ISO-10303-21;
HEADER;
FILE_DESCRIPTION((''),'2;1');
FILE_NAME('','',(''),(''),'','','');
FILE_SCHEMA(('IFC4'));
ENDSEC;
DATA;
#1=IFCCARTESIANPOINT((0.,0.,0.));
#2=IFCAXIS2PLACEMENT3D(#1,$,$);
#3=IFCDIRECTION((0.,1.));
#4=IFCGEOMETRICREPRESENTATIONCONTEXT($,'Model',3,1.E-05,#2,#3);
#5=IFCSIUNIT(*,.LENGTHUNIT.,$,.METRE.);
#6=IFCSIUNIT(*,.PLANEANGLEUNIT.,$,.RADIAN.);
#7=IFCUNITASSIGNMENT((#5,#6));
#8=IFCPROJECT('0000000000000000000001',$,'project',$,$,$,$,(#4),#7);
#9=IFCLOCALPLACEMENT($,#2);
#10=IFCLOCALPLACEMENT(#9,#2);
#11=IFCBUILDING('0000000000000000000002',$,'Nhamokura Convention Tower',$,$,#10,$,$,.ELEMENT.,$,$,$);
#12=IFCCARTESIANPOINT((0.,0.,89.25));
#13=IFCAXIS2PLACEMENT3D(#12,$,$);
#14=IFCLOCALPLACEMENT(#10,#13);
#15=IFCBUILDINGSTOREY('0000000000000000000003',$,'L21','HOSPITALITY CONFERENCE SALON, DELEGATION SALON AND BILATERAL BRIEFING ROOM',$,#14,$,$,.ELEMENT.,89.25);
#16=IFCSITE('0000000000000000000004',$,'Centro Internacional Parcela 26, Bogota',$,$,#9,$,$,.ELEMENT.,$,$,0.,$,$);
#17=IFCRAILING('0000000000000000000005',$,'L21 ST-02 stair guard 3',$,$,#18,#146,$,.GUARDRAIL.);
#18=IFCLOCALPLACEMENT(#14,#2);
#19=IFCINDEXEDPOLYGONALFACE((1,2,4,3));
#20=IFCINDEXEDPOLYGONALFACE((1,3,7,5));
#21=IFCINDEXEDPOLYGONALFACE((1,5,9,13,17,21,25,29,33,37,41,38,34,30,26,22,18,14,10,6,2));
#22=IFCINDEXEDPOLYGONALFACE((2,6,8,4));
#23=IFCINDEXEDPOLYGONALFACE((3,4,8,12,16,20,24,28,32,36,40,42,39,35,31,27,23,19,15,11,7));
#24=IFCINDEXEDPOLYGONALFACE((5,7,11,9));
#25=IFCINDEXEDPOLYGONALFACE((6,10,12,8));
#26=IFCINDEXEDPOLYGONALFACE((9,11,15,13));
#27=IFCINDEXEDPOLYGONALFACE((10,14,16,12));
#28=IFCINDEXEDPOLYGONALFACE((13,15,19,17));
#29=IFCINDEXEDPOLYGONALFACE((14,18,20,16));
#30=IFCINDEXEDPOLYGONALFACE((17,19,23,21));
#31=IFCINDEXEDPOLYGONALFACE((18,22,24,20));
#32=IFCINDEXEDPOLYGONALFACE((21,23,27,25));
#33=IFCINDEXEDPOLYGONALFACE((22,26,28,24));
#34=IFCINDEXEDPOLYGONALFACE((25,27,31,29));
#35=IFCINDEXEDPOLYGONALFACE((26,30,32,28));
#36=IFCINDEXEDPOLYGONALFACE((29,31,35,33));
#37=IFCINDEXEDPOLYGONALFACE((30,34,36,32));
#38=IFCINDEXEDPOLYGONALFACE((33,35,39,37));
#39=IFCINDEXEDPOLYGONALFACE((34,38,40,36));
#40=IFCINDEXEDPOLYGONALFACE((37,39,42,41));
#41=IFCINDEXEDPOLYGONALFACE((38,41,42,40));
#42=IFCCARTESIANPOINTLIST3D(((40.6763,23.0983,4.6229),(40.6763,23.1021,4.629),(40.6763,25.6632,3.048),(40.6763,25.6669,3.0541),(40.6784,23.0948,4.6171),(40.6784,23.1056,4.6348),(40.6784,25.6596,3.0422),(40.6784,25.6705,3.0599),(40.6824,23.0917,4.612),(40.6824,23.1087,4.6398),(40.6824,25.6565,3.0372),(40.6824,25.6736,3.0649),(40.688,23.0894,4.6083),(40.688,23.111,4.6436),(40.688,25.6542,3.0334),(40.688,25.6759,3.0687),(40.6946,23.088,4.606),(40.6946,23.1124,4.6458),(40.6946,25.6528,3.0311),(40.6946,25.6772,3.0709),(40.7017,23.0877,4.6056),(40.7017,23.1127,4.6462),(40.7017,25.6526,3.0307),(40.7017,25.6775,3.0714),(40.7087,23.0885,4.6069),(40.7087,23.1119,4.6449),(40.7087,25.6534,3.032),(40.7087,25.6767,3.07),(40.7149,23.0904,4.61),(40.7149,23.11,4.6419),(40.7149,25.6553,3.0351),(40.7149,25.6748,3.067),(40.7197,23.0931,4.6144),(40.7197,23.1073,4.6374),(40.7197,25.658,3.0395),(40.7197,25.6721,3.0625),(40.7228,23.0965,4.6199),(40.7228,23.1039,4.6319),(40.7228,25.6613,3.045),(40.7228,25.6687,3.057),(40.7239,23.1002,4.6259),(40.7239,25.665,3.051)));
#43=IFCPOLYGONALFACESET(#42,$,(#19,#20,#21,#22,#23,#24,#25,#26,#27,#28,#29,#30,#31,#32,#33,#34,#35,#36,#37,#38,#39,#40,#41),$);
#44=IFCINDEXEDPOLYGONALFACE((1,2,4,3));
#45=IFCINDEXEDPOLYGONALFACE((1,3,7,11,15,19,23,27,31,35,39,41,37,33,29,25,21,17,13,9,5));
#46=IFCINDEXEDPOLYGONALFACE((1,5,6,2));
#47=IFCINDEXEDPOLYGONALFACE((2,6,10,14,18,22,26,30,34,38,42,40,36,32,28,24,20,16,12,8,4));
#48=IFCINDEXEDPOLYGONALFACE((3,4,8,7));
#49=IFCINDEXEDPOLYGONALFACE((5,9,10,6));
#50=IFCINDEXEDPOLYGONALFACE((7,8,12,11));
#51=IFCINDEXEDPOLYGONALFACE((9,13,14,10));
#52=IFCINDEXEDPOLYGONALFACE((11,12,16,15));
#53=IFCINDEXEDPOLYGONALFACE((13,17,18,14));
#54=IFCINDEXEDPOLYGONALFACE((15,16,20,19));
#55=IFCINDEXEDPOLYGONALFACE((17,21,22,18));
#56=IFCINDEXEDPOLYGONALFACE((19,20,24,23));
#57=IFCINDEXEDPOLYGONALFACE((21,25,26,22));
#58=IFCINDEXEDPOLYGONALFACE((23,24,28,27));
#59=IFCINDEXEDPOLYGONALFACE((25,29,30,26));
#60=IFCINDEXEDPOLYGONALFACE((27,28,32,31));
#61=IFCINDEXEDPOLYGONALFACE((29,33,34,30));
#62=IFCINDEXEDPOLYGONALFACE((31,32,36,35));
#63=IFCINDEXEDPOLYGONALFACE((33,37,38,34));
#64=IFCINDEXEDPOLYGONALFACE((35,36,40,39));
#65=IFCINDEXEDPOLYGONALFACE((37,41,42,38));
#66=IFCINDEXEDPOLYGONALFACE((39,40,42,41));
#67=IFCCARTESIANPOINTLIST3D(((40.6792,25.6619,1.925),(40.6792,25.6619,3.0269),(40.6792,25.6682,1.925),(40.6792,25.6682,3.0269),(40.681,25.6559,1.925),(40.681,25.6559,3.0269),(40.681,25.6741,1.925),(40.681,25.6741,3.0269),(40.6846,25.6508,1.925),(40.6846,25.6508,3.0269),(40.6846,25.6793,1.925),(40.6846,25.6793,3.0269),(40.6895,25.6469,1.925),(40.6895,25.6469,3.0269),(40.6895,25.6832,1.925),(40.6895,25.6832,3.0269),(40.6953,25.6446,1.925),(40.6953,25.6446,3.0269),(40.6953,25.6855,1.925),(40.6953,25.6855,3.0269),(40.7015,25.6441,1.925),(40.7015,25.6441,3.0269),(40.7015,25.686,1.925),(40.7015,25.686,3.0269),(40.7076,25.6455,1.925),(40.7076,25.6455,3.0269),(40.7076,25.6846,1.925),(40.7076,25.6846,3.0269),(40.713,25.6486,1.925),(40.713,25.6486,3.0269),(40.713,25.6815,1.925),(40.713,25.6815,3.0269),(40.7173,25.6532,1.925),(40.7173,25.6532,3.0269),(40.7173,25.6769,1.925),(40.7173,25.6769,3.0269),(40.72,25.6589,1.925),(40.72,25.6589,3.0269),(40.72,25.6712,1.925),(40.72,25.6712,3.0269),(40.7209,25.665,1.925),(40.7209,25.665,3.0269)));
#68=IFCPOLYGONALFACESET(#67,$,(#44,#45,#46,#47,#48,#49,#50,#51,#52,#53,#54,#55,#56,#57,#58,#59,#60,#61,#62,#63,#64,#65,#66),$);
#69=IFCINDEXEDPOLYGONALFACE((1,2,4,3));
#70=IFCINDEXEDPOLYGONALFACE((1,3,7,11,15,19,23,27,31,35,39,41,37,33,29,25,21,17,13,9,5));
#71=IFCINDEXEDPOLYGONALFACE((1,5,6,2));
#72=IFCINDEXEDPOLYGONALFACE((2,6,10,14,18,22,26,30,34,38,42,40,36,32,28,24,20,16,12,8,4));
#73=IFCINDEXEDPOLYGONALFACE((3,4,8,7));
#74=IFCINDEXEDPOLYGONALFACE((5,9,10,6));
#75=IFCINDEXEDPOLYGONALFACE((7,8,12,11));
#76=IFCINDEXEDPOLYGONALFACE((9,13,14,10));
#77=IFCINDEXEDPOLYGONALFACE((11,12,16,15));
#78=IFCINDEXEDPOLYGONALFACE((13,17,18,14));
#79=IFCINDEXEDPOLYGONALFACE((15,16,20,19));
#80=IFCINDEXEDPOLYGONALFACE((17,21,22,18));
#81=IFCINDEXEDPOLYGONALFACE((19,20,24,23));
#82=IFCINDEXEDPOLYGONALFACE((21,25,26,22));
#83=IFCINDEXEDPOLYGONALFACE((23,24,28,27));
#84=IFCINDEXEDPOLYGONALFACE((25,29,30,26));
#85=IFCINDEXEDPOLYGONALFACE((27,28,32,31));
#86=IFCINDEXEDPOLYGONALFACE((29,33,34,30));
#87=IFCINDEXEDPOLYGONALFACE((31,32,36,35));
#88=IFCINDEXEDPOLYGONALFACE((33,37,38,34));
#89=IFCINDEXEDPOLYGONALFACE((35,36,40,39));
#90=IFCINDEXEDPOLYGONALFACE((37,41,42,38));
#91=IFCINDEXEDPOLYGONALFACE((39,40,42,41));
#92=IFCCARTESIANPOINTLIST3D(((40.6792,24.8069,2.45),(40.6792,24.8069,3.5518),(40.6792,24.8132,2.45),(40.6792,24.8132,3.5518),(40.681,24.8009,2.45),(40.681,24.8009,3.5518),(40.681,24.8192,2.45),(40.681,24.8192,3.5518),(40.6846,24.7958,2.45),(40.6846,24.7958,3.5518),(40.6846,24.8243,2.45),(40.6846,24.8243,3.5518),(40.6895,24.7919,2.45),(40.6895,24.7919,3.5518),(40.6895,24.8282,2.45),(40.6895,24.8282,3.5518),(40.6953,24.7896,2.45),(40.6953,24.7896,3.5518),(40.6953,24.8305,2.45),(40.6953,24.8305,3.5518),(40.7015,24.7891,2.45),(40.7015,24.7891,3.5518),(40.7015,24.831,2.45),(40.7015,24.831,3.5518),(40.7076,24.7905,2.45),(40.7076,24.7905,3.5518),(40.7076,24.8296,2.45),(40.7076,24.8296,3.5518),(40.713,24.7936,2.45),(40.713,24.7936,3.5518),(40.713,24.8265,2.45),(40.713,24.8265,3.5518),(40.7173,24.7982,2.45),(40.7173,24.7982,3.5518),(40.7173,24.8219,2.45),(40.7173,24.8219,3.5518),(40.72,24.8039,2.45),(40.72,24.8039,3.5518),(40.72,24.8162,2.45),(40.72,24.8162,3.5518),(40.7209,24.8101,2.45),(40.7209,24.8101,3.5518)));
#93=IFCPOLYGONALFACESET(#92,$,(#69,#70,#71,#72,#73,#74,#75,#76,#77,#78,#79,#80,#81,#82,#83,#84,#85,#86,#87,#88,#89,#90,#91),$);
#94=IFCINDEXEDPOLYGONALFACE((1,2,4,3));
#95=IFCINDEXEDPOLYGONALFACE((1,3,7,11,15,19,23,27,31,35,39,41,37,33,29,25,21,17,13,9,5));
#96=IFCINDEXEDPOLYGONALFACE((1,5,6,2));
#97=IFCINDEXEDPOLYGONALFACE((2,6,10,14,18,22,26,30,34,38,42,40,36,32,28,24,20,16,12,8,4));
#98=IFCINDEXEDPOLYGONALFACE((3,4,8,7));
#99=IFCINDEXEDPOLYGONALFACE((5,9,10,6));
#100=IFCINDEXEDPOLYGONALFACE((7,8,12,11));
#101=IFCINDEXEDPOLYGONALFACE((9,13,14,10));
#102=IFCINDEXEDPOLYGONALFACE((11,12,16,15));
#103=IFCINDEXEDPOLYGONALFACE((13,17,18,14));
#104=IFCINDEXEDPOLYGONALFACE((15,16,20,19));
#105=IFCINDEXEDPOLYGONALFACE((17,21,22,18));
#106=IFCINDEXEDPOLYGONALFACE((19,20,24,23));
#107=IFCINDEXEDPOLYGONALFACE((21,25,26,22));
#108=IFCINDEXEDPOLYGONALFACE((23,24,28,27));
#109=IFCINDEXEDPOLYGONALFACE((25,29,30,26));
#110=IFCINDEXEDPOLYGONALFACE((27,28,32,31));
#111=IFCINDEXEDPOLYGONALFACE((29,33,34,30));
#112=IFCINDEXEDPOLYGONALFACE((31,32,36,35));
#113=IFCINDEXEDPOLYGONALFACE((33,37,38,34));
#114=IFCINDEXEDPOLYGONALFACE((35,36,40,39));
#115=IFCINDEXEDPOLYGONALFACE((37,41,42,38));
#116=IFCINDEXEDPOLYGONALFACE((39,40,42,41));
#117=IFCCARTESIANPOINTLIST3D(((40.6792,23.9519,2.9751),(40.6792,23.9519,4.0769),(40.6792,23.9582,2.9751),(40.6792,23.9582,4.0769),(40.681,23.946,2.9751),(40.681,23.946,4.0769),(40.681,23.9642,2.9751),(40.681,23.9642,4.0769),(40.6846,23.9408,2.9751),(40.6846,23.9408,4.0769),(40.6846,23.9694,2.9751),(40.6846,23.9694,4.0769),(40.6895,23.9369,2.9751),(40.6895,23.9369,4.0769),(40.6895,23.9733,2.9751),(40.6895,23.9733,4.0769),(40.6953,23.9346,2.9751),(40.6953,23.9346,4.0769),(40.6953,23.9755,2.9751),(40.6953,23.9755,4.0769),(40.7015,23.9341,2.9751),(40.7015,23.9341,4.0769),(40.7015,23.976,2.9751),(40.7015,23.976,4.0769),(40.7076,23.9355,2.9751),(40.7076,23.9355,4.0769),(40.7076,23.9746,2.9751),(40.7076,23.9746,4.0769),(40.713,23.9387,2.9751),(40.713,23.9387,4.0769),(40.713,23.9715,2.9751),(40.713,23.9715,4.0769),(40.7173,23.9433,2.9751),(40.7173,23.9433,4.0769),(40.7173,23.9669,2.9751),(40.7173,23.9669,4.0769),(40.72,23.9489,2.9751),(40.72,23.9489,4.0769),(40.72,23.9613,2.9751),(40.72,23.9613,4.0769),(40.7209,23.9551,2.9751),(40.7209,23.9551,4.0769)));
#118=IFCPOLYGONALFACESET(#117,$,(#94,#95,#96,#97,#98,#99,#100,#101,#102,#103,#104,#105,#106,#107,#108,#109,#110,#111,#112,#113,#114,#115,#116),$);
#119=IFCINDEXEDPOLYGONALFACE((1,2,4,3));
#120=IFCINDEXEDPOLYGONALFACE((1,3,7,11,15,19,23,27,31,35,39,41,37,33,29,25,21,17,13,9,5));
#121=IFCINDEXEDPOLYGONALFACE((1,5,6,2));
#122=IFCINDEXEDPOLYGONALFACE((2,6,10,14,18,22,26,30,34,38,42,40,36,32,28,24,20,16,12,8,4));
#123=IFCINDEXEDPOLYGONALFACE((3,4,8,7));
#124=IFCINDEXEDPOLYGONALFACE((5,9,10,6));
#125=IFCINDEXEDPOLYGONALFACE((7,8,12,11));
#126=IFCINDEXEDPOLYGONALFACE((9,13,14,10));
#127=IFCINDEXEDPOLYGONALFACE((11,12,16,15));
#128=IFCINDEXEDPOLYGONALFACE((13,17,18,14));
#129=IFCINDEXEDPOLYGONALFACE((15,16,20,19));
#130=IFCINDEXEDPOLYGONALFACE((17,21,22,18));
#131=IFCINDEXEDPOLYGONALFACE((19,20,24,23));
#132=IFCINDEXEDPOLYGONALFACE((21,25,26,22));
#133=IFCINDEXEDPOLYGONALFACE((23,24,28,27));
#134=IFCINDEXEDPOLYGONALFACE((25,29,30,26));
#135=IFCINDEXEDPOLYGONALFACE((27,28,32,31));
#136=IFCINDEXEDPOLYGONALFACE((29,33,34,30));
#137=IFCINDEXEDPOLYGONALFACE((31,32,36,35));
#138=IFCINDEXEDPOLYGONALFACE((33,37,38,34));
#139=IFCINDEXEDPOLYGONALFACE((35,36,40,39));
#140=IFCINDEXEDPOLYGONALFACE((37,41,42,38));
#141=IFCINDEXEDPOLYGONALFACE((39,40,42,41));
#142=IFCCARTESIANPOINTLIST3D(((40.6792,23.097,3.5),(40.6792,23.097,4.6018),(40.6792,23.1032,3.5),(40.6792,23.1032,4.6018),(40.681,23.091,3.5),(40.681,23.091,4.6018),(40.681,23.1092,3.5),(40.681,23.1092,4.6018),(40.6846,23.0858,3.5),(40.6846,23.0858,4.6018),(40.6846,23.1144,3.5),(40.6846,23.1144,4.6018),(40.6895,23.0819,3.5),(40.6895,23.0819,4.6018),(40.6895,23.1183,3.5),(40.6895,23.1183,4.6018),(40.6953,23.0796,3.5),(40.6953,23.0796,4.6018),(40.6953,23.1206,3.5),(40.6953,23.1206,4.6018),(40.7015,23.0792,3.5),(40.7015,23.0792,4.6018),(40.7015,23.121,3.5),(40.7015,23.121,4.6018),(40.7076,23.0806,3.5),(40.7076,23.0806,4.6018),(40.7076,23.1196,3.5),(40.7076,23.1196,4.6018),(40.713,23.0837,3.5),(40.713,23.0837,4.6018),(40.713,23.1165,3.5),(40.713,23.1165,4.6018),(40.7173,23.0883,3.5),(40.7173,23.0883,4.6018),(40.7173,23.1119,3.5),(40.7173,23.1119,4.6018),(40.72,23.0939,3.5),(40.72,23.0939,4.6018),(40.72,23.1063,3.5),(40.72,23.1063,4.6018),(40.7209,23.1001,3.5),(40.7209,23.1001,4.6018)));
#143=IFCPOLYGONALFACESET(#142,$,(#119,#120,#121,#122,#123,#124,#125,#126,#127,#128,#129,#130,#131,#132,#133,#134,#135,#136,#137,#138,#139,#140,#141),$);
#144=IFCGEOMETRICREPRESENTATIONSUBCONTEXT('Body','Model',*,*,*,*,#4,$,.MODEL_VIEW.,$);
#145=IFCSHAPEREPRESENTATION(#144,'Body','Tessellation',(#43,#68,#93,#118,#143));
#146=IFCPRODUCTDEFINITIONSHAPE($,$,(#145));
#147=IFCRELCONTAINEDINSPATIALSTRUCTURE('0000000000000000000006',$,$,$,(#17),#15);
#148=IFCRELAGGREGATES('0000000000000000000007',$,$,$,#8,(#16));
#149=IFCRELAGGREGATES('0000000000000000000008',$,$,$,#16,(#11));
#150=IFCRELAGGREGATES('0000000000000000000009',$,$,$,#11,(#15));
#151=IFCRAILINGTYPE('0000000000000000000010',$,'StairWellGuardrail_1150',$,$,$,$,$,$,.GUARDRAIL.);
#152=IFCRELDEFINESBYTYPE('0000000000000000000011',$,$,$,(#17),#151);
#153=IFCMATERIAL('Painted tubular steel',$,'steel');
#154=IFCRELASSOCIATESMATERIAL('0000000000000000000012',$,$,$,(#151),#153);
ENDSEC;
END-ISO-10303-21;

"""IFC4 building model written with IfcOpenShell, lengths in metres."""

from ifc_helpers import new_model, si_unit, direction, frame, origin, origin_2d, place, context, subcontext, project, spatial, circle, extrude, material, type_object, element, save


model = new_model("IFC4")

# Units and contexts
model_context = context("Model", 3, precision=1e-05, world=origin(), true_north=direction((0.0, 1.0)))
body_context = subcontext(model_context, "Body", "Model", "MODEL_VIEW")
ifc_project = project(units=[si_unit("LENGTHUNIT", "METRE"), si_unit("PLANEANGLEUNIT", "RADIAN")], contexts=[model_context])

# Site, building, storey
site_placement = place(None, origin())
site = spatial("IfcSite", under=ifc_project, at=site_placement, Name="Centro Internacional Parcela 26, Bogota", CompositionType="ELEMENT", RefElevation=0.0)
building_placement = place(site_placement, origin())
building = spatial("IfcBuilding", under=site, at=building_placement, Name="Nhamokura Convention Tower", CompositionType="ELEMENT")
storey_placement = place(building_placement, frame((0.0, 0.0, 89.25)))
storey = spatial("IfcBuildingStorey", under=building, at=storey_placement, Name="L21", Description="HOSPITALITY CONFERENCE SALON, DELEGATION SALON AND BILATERAL BRIEFING ROOM", CompositionType="ELEMENT", Elevation=89.25)

# Railing
ifc_material_1 = material(Name="Painted tubular steel", Category="steel")
railing_type_1 = type_object("IfcRailingType", Name="StairWellGuardrail_1150", PredefinedType="GUARDRAIL", material=ifc_material_1)
railing_1_placement = place(storey_placement, frame((40.7, 25.665, 1.925)))
element("IfcRailing", 1, at=railing_1_placement, inside=storey, type_object=railing_type_1, Name="L21 ST-02 stair guard 3", PredefinedType="GUARDRAIL", context=body_context, shape_type="SweptSolid", body=[
    extrude(circle(Radius=0.0239, at=origin_2d()), frame((0.0, 0.0, 1.126), z_axis=(0.0, -0.852173, 0.52326), x_axis=(1.0, 0.0, 0.0)), (0.0, 0.0, 1.0), 3.0098),
    extrude(circle(Radius=0.021, at=origin_2d()), origin(), (0.0, 0.0, 1.0), 1.1018),
    extrude(circle(Radius=0.021, at=origin_2d()), frame((0.0, -0.855, 0.5249)), (0.0, 0.0, 1.0), 1.1018),
    extrude(circle(Radius=0.021, at=origin_2d()), frame((0.0, -1.71, 1.05)), (0.0, 0.0, 1.0), 1.1018),
    extrude(circle(Radius=0.021, at=origin_2d()), frame((0.0, -2.5649, 1.575)), (0.0, 0.0, 1.0), 1.1018),
])

save(model, "model.ifc")
